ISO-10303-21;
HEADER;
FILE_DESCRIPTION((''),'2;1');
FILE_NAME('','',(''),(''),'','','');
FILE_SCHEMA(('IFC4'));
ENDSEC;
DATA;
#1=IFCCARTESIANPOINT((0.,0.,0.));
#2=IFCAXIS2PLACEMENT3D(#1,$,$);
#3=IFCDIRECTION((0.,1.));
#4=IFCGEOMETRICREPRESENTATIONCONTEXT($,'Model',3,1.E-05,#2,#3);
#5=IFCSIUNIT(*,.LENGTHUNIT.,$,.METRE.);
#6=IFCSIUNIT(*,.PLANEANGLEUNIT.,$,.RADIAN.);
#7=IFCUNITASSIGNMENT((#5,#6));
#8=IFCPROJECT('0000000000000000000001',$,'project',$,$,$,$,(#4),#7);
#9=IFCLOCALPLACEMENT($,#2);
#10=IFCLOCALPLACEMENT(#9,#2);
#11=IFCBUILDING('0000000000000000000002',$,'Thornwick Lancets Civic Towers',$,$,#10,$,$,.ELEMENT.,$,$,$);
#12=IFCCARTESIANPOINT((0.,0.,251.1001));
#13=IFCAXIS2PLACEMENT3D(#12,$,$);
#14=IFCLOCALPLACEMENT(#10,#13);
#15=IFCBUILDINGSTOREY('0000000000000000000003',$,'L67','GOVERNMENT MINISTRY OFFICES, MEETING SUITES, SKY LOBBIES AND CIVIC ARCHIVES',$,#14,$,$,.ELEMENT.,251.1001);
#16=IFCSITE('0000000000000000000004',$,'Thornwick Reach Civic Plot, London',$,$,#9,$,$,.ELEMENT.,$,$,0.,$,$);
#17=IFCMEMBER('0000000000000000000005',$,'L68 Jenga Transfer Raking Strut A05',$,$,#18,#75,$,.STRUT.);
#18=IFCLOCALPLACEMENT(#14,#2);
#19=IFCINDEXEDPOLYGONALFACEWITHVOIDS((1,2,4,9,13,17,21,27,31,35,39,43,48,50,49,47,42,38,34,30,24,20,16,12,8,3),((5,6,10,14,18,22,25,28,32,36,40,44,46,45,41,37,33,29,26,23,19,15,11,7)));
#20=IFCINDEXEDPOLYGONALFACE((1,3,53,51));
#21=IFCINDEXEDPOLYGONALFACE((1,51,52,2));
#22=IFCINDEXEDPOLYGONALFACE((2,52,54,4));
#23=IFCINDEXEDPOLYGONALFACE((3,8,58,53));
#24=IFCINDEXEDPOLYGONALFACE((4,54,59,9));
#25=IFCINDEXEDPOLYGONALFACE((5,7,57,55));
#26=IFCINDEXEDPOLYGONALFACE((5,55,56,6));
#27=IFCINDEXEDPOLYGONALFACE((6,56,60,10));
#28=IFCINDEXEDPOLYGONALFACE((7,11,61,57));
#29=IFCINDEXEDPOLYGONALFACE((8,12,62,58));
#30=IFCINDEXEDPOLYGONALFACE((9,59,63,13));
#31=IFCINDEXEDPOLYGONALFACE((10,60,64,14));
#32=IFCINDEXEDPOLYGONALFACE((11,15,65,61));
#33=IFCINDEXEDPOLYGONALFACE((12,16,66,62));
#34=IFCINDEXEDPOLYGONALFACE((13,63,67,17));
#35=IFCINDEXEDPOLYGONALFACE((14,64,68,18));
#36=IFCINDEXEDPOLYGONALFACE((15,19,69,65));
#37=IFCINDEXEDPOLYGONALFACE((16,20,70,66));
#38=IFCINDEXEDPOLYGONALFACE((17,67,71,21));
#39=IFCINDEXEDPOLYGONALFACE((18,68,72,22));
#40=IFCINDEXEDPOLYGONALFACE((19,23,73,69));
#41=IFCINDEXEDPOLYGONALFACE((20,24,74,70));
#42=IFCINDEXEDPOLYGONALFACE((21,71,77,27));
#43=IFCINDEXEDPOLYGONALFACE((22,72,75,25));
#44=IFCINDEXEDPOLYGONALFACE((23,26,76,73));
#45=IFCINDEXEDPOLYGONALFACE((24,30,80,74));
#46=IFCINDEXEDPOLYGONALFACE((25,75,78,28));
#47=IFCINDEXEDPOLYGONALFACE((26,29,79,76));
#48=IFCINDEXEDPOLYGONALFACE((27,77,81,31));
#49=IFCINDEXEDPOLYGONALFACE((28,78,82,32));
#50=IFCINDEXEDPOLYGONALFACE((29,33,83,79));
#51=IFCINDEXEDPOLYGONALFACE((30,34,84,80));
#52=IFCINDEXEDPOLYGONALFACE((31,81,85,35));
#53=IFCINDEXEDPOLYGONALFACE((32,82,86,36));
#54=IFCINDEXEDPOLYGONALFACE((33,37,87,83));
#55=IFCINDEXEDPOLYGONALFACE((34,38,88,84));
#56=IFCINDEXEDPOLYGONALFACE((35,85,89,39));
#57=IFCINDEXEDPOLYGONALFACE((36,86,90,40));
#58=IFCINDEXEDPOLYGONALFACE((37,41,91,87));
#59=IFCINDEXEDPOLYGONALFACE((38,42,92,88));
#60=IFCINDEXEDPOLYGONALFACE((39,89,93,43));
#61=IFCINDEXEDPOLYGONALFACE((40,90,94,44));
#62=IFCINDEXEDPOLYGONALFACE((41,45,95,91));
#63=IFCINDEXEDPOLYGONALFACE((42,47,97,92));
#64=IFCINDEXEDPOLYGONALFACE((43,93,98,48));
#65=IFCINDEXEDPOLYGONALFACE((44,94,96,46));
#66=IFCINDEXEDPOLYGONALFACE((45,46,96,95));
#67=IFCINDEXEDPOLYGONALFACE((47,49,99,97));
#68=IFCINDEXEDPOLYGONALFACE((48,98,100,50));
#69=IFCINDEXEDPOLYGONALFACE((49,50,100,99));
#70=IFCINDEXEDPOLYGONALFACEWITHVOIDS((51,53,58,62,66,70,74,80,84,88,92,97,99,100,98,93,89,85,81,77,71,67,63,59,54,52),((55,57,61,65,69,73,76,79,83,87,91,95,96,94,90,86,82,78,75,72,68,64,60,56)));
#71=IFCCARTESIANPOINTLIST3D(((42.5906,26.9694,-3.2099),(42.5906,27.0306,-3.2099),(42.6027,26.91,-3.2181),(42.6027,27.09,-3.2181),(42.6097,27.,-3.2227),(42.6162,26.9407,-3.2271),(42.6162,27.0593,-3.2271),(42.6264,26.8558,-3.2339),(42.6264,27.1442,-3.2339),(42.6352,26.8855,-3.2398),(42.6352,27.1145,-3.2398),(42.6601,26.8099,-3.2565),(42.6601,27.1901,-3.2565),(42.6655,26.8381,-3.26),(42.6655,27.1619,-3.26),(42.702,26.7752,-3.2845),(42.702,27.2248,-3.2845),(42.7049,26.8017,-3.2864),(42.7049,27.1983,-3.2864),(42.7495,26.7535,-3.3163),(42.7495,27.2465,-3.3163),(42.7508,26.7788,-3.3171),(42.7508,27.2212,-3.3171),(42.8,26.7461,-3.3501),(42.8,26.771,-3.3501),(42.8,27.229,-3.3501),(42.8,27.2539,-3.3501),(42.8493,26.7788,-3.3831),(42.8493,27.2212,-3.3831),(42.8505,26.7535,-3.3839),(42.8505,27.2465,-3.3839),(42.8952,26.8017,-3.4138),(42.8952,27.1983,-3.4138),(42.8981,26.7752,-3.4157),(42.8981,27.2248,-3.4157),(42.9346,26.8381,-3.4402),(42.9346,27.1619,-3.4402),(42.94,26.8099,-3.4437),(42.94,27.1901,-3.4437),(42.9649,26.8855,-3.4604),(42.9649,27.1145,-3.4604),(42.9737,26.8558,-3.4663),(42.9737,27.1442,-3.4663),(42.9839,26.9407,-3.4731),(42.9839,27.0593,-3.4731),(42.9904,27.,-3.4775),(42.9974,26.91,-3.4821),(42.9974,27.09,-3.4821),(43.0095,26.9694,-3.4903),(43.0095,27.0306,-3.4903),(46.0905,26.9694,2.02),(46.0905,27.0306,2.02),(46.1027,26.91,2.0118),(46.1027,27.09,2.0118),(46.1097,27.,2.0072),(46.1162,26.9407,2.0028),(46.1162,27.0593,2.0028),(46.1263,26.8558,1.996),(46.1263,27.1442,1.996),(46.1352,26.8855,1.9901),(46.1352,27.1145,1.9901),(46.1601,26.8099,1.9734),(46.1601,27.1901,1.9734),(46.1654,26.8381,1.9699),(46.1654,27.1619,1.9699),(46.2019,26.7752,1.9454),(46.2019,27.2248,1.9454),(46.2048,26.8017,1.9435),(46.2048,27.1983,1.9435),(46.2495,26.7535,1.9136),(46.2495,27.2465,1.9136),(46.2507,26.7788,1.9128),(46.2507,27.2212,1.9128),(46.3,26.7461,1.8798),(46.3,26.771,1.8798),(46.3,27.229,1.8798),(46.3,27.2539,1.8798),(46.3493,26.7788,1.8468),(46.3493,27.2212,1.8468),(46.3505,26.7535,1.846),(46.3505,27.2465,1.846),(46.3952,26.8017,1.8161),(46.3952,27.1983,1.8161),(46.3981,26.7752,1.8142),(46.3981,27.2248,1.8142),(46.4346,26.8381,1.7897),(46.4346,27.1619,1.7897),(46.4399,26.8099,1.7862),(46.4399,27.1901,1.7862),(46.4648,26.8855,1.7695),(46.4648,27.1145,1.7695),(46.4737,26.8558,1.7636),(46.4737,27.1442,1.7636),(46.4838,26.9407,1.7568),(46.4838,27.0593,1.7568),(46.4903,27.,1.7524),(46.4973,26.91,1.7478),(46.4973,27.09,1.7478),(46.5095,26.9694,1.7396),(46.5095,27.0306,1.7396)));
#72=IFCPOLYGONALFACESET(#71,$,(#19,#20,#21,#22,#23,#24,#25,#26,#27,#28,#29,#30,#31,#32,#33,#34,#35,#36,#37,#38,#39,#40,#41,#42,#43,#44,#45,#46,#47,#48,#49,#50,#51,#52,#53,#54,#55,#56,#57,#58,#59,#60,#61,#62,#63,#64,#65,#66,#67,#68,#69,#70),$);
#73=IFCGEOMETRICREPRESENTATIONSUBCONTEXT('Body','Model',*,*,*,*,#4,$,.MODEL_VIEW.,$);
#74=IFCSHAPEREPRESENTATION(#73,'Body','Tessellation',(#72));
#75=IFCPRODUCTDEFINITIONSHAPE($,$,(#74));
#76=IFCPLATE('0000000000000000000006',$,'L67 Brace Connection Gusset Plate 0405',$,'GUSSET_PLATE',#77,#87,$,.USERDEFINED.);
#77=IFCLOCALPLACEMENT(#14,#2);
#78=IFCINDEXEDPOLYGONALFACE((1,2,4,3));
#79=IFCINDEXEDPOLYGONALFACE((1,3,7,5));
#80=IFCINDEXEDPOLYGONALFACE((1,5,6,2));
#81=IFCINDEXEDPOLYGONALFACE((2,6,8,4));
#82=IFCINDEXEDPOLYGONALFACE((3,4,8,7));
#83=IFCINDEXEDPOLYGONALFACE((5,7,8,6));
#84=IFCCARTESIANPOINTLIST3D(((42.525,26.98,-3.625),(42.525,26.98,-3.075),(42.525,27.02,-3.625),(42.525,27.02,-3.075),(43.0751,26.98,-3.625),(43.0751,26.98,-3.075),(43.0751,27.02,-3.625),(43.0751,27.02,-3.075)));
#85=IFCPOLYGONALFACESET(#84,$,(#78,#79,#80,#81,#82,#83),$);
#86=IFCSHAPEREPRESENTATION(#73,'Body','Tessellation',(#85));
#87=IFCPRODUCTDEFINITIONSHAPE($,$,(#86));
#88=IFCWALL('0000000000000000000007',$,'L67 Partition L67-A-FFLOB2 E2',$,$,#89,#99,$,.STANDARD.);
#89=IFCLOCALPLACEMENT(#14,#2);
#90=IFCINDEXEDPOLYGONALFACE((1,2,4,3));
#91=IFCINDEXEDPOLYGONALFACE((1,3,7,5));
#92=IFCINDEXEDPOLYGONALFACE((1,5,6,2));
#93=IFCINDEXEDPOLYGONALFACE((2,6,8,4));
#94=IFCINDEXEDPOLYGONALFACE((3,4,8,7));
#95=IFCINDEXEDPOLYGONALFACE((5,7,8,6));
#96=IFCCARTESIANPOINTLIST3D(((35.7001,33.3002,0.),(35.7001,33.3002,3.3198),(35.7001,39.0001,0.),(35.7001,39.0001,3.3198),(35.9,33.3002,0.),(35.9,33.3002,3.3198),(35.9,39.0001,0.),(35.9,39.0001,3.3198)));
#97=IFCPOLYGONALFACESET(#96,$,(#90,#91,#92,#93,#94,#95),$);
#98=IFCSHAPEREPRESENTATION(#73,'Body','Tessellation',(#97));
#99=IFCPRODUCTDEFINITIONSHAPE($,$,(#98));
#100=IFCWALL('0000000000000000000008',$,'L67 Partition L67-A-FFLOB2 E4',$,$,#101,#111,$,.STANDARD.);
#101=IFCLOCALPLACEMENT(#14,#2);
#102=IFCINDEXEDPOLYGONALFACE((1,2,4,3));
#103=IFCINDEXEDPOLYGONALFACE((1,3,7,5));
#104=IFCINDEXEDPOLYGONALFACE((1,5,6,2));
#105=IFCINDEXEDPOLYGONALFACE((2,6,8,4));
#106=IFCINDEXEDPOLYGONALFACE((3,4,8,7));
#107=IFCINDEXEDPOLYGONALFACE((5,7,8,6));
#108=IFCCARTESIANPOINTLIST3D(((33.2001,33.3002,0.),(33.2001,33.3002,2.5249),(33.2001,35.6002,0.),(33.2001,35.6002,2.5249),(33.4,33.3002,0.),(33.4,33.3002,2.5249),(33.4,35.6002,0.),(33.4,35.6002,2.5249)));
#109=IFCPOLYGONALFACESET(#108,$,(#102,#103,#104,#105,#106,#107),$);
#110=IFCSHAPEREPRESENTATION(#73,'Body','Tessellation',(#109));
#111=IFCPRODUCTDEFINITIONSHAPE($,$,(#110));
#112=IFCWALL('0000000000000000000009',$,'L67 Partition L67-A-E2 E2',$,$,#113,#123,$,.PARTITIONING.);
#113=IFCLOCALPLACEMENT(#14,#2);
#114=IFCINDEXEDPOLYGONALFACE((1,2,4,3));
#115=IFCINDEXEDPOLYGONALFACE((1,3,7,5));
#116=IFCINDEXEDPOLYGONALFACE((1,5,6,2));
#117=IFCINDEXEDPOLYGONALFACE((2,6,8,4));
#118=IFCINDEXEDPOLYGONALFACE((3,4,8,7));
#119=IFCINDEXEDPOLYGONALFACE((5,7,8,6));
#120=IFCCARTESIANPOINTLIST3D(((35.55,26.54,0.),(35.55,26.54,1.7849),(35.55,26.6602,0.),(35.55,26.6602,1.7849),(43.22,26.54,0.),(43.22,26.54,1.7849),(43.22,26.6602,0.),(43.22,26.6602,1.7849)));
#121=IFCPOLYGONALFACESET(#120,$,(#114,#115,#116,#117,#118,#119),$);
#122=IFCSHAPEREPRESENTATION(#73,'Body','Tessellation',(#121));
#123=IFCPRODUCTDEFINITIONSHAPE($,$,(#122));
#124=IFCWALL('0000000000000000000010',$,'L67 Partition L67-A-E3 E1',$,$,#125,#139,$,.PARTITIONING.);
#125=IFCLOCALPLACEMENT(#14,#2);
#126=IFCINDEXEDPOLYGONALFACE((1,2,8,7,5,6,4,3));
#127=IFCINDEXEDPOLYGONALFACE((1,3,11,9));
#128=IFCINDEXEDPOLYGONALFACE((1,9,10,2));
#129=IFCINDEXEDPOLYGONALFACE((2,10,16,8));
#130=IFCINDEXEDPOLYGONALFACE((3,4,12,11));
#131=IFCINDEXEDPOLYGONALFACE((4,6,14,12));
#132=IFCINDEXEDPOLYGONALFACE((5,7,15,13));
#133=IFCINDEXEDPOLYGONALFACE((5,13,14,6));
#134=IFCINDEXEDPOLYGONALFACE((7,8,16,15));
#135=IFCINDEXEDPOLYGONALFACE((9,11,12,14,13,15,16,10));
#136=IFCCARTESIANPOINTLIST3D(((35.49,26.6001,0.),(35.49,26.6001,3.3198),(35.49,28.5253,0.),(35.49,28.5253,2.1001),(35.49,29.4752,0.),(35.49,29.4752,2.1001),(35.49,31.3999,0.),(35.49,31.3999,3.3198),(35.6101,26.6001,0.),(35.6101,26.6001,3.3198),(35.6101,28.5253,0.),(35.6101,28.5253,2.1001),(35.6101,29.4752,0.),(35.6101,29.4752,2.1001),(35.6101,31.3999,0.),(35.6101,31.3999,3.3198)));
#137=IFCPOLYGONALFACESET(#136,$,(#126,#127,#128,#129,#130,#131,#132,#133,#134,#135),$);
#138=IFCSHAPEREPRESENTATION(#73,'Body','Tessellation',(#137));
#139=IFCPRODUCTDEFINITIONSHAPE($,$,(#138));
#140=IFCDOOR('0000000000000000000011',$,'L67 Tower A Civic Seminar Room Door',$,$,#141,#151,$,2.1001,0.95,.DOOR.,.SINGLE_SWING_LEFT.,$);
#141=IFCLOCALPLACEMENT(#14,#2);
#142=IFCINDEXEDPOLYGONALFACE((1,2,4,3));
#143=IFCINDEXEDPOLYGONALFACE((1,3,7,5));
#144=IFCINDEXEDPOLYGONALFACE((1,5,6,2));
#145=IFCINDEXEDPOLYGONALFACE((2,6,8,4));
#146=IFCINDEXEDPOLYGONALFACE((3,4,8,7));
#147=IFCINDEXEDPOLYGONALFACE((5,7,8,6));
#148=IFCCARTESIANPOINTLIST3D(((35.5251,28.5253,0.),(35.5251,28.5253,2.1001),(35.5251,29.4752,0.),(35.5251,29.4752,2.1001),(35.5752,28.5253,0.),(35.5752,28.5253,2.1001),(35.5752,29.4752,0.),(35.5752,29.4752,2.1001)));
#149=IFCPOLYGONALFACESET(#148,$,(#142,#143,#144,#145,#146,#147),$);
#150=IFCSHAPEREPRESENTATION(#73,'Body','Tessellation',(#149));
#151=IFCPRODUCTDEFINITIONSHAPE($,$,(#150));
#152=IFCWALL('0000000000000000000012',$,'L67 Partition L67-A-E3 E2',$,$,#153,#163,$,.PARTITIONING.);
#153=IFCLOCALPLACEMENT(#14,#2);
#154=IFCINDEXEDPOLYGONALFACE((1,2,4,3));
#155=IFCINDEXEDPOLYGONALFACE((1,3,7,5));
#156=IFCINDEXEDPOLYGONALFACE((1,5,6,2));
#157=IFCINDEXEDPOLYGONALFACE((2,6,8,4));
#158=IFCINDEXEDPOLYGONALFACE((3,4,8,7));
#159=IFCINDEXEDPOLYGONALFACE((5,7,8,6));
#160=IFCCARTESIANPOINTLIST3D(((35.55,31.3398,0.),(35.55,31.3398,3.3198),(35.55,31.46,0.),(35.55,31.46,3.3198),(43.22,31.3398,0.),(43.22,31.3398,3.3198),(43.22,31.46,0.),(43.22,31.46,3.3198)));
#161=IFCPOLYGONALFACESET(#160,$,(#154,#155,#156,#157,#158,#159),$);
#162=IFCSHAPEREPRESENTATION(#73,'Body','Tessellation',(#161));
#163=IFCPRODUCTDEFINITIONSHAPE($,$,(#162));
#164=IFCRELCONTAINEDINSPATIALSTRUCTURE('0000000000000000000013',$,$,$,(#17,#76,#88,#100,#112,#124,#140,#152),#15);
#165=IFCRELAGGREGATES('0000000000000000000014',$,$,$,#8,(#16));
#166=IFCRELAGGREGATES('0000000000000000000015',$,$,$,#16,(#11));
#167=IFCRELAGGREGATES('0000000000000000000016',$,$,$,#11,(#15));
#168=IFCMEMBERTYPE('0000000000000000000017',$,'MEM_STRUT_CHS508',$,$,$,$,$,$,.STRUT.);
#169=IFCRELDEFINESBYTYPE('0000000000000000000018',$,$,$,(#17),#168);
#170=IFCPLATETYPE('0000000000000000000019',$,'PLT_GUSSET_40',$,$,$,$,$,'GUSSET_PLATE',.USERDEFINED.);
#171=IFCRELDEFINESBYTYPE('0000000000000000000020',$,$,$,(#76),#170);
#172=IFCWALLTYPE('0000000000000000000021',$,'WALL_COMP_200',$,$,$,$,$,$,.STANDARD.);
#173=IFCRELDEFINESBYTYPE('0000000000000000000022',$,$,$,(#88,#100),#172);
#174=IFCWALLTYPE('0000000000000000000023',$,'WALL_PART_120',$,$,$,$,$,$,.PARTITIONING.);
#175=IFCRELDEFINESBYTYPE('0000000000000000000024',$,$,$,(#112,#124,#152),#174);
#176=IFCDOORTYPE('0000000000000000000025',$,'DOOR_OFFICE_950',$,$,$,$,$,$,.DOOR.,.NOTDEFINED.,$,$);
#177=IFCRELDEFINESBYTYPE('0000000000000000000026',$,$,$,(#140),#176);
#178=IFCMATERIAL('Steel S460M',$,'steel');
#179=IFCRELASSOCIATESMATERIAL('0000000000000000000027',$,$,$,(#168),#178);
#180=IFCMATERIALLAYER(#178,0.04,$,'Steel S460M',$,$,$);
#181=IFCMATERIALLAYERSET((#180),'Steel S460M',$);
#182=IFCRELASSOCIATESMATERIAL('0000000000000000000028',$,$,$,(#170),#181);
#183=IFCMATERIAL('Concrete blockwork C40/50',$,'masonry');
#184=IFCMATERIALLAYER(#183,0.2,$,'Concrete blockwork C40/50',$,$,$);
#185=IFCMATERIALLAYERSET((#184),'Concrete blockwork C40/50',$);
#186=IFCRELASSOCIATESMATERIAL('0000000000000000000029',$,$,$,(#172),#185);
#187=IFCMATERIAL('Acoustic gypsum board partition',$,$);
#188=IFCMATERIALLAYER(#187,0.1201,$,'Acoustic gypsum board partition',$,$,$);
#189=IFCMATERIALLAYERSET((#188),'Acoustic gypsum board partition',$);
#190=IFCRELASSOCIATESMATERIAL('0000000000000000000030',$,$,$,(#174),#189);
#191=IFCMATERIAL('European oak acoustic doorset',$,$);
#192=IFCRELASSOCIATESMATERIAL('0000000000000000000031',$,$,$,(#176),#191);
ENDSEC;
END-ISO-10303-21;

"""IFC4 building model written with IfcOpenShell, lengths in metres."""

from ifc_helpers import new_model, si_unit, direction, frame, frame_2d, origin, origin_2d, place, context, subcontext, project, spatial, rectangle, hollow_circle, extrude, material, layer, layer_set, material_profile, profile_set, type_object, element, fill, save


model = new_model("IFC4")

# Units and contexts
model_context = context("Model", 3, precision=1e-05, world=origin(), true_north=direction((0.0, 1.0)))
body_context = subcontext(model_context, "Body", "Model", "MODEL_VIEW")
ifc_project = project(units=[si_unit("LENGTHUNIT", "METRE"), si_unit("PLANEANGLEUNIT", "RADIAN")], contexts=[model_context])

# Site, building, storey
site_placement = place(None, origin())
site = spatial("IfcSite", under=ifc_project, at=site_placement, Name="Thornwick Reach Civic Plot, London", CompositionType="ELEMENT", RefElevation=0.0)
building_placement = place(site_placement, origin())
building = spatial("IfcBuilding", under=site, at=building_placement, Name="Thornwick Lancets Civic Towers", CompositionType="ELEMENT")
storey_placement = place(building_placement, frame((0.0, 0.0, 251.1001)))
storey = spatial("IfcBuildingStorey", under=building, at=storey_placement, Name="L67", Description="GOVERNMENT MINISTRY OFFICES, MEETING SUITES, SKY LOBBIES AND CIVIC ARCHIVES", CompositionType="ELEMENT", Elevation=251.1001)

# Member
ifc_material_1 = material(Name="Steel S460M", Category="steel")
ifc_material_profile_1 = material_profile(ifc_material_1, hollow_circle(Radius=0.2539, WallThickness=0.0249, at=origin_2d()), Name="CHS 508x25")
ifc_profile_set_1 = profile_set([ifc_material_profile_1], Name="Steel S460M")
member_type = type_object("IfcMemberType", Name="MEM_STRUT_CHS508", PredefinedType="STRUT", material=ifc_profile_set_1)
member_placement = place(storey_placement, frame((42.8, 27.0, -3.3501), z_axis=(0.556168, 0.0, 0.83107), x_axis=(0.0, 1.0, 0.0)))
element("IfcMember", 1, at=member_placement, inside=storey, type_object=member_type, Name="L68 Jenga Transfer Raking Strut A05", PredefinedType="STRUT", context=body_context, shape_type="SweptSolid", body=[
    extrude(hollow_circle(Radius=0.2539, WallThickness=0.0249, at=origin_2d()), origin(), (0.0, 0.0, 1.0), 6.293),
])

# Plate
ifc_layer_1 = layer(ifc_material_1, 0.04, Name="Steel S460M")
ifc_layer_set_1 = layer_set([ifc_layer_1], Name="Steel S460M")
plate_type = type_object("IfcPlateType", Name="PLT_GUSSET_40", ElementType="GUSSET_PLATE", PredefinedType="USERDEFINED", material=ifc_layer_set_1)
plate_placement = place(storey_placement, frame((42.8, 27.0, -3.625), z_axis=(0.0, 0.0, 1.0), x_axis=(1.0, 0.0, 0.0)))
element("IfcPlate", 2, at=plate_placement, inside=storey, type_object=plate_type, Name="L67 Brace Connection Gusset Plate 0405", ObjectType="GUSSET_PLATE", PredefinedType="USERDEFINED", context=body_context, shape_type="SweptSolid", body=[
    extrude(rectangle(XDim=0.55, YDim=0.04, at=origin_2d()), origin(), (0.0, 0.0, 1.0), 0.55),
])

# Walls
ifc_material_2 = material(Name="Concrete blockwork C40/50", Category="masonry")
ifc_layer_2 = layer(ifc_material_2, 0.2, Name="Concrete blockwork C40/50")
ifc_layer_set_2 = layer_set([ifc_layer_2], Name="Concrete blockwork C40/50")
wall_type_1 = type_object("IfcWallType", Name="WALL_COMP_200", PredefinedType="STANDARD", material=ifc_layer_set_2)
wall_1_placement = place(storey_placement, frame((35.8, 33.3, 0.0), z_axis=(0.0, 0.0, 1.0), x_axis=(0.0, 1.0, 0.0)))
element("IfcWall", 3, at=wall_1_placement, inside=storey, type_object=wall_type_1, Name="L67 Partition L67-A-FFLOB2 E2", PredefinedType="STANDARD", context=body_context, shape_type="SweptSolid", body=[
    extrude(rectangle(XDim=5.7, YDim=0.2, at=frame_2d((2.8501, 0.0))), origin(), (0.0, 0.0, 1.0), 3.3198),
])
wall_2_placement = place(storey_placement, frame((33.3, 35.6001, 0.0), z_axis=(0.0, 0.0, 1.0), x_axis=(0.0, -1.0, 0.0)))
element("IfcWall", 4, at=wall_2_placement, inside=storey, type_object=wall_type_1, Name="L67 Partition L67-A-FFLOB2 E4", PredefinedType="STANDARD", context=body_context, shape_type="SweptSolid", body=[
    extrude(rectangle(XDim=2.3, YDim=0.2, at=frame_2d((1.1499, 0.0))), origin(), (0.0, 0.0, 1.0), 2.5249),
])
ifc_material_3 = material(Name="Acoustic gypsum board partition")
ifc_layer_3 = layer(ifc_material_3, 0.1201, Name="Acoustic gypsum board partition")
ifc_layer_set_3 = layer_set([ifc_layer_3], Name="Acoustic gypsum board partition")
wall_type_2 = type_object("IfcWallType", Name="WALL_PART_120", PredefinedType="PARTITIONING", material=ifc_layer_set_3)
wall_3_placement = place(storey_placement, frame((35.55, 26.6001, 0.0), z_axis=(0.0, 0.0, 1.0), x_axis=(1.0, 0.0, 0.0)))
element("IfcWall", 5, at=wall_3_placement, inside=storey, type_object=wall_type_2, Name="L67 Partition L67-A-E2 E2", PredefinedType="PARTITIONING", context=body_context, shape_type="SweptSolid", body=[
    extrude(rectangle(XDim=7.6699, YDim=0.1201, at=frame_2d((3.835, 0.0))), origin(), (0.0, 0.0, 1.0), 1.7849),
])

# Wall, opening, door
wall_4_placement = place(storey_placement, frame((35.55, 26.6001, 0.0), z_axis=(0.0, 0.0, 1.0), x_axis=(0.0, 1.0, 0.0)))
wall_4 = element("IfcWall", 6, at=wall_4_placement, inside=storey, type_object=wall_type_2, Name="L67 Partition L67-A-E3 E1", PredefinedType="PARTITIONING", context=body_context, shape_type="SweptSolid", body=[
    extrude(rectangle(XDim=4.7998, YDim=0.1201, at=frame_2d((2.3999, 0.0))), origin(), (0.0, 0.0, 1.0), 3.3198),
])
opening_1_placement = place(wall_4_placement, frame((1.925, 0.0, 0.0)))
opening_1 = element("IfcOpeningElement", 7, at=opening_1_placement, cuts=wall_4, PredefinedType="OPENING", context=body_context, shape_type="SweptSolid", body=[
    extrude(rectangle(XDim=0.95, YDim=2.1001, at=frame_2d((0.4751, 1.05))), frame((0.0, 0.0701, 0.0), z_axis=(0.0, -1.0, 0.0), x_axis=(1.0, 0.0, 0.0)), (0.0, 0.0, 1.0), 0.1401),
])
ifc_material_4 = material(Name="European oak acoustic doorset")
door_type_1 = type_object("IfcDoorType", Name="DOOR_OFFICE_950", OperationType="NOTDEFINED", PredefinedType="DOOR", material=ifc_material_4)
door_1_placement = place(opening_1_placement, origin())
door_1 = element("IfcDoor", 8, at=door_1_placement, inside=storey, type_object=door_type_1, Name="L67 Tower A Civic Seminar Room Door", OperationType="SINGLE_SWING_LEFT", OverallHeight=2.1001, OverallWidth=0.95, PredefinedType="DOOR", context=body_context, shape_type="SweptSolid", body=[
    extrude(rectangle(XDim=0.95, YDim=2.1001, at=frame_2d((0.4751, 1.05))), frame((0.0, 0.0249, 0.0), z_axis=(0.0, -1.0, 0.0), x_axis=(1.0, 0.0, 0.0)), (0.0, 0.0, 1.0), 0.05),
])
fill(opening_1, door_1)

# Wall
wall_5_placement = place(storey_placement, frame((35.55, 31.3999, 0.0), z_axis=(0.0, 0.0, 1.0), x_axis=(1.0, 0.0, 0.0)))
element("IfcWall", 9, at=wall_5_placement, inside=storey, type_object=wall_type_2, Name="L67 Partition L67-A-E3 E2", PredefinedType="PARTITIONING", context=body_context, shape_type="SweptSolid", body=[
    extrude(rectangle(XDim=7.6699, YDim=0.1201, at=frame_2d((3.835, 0.0))), origin(), (0.0, 0.0, 1.0), 3.3198),
])

save(model, "model.ifc")
